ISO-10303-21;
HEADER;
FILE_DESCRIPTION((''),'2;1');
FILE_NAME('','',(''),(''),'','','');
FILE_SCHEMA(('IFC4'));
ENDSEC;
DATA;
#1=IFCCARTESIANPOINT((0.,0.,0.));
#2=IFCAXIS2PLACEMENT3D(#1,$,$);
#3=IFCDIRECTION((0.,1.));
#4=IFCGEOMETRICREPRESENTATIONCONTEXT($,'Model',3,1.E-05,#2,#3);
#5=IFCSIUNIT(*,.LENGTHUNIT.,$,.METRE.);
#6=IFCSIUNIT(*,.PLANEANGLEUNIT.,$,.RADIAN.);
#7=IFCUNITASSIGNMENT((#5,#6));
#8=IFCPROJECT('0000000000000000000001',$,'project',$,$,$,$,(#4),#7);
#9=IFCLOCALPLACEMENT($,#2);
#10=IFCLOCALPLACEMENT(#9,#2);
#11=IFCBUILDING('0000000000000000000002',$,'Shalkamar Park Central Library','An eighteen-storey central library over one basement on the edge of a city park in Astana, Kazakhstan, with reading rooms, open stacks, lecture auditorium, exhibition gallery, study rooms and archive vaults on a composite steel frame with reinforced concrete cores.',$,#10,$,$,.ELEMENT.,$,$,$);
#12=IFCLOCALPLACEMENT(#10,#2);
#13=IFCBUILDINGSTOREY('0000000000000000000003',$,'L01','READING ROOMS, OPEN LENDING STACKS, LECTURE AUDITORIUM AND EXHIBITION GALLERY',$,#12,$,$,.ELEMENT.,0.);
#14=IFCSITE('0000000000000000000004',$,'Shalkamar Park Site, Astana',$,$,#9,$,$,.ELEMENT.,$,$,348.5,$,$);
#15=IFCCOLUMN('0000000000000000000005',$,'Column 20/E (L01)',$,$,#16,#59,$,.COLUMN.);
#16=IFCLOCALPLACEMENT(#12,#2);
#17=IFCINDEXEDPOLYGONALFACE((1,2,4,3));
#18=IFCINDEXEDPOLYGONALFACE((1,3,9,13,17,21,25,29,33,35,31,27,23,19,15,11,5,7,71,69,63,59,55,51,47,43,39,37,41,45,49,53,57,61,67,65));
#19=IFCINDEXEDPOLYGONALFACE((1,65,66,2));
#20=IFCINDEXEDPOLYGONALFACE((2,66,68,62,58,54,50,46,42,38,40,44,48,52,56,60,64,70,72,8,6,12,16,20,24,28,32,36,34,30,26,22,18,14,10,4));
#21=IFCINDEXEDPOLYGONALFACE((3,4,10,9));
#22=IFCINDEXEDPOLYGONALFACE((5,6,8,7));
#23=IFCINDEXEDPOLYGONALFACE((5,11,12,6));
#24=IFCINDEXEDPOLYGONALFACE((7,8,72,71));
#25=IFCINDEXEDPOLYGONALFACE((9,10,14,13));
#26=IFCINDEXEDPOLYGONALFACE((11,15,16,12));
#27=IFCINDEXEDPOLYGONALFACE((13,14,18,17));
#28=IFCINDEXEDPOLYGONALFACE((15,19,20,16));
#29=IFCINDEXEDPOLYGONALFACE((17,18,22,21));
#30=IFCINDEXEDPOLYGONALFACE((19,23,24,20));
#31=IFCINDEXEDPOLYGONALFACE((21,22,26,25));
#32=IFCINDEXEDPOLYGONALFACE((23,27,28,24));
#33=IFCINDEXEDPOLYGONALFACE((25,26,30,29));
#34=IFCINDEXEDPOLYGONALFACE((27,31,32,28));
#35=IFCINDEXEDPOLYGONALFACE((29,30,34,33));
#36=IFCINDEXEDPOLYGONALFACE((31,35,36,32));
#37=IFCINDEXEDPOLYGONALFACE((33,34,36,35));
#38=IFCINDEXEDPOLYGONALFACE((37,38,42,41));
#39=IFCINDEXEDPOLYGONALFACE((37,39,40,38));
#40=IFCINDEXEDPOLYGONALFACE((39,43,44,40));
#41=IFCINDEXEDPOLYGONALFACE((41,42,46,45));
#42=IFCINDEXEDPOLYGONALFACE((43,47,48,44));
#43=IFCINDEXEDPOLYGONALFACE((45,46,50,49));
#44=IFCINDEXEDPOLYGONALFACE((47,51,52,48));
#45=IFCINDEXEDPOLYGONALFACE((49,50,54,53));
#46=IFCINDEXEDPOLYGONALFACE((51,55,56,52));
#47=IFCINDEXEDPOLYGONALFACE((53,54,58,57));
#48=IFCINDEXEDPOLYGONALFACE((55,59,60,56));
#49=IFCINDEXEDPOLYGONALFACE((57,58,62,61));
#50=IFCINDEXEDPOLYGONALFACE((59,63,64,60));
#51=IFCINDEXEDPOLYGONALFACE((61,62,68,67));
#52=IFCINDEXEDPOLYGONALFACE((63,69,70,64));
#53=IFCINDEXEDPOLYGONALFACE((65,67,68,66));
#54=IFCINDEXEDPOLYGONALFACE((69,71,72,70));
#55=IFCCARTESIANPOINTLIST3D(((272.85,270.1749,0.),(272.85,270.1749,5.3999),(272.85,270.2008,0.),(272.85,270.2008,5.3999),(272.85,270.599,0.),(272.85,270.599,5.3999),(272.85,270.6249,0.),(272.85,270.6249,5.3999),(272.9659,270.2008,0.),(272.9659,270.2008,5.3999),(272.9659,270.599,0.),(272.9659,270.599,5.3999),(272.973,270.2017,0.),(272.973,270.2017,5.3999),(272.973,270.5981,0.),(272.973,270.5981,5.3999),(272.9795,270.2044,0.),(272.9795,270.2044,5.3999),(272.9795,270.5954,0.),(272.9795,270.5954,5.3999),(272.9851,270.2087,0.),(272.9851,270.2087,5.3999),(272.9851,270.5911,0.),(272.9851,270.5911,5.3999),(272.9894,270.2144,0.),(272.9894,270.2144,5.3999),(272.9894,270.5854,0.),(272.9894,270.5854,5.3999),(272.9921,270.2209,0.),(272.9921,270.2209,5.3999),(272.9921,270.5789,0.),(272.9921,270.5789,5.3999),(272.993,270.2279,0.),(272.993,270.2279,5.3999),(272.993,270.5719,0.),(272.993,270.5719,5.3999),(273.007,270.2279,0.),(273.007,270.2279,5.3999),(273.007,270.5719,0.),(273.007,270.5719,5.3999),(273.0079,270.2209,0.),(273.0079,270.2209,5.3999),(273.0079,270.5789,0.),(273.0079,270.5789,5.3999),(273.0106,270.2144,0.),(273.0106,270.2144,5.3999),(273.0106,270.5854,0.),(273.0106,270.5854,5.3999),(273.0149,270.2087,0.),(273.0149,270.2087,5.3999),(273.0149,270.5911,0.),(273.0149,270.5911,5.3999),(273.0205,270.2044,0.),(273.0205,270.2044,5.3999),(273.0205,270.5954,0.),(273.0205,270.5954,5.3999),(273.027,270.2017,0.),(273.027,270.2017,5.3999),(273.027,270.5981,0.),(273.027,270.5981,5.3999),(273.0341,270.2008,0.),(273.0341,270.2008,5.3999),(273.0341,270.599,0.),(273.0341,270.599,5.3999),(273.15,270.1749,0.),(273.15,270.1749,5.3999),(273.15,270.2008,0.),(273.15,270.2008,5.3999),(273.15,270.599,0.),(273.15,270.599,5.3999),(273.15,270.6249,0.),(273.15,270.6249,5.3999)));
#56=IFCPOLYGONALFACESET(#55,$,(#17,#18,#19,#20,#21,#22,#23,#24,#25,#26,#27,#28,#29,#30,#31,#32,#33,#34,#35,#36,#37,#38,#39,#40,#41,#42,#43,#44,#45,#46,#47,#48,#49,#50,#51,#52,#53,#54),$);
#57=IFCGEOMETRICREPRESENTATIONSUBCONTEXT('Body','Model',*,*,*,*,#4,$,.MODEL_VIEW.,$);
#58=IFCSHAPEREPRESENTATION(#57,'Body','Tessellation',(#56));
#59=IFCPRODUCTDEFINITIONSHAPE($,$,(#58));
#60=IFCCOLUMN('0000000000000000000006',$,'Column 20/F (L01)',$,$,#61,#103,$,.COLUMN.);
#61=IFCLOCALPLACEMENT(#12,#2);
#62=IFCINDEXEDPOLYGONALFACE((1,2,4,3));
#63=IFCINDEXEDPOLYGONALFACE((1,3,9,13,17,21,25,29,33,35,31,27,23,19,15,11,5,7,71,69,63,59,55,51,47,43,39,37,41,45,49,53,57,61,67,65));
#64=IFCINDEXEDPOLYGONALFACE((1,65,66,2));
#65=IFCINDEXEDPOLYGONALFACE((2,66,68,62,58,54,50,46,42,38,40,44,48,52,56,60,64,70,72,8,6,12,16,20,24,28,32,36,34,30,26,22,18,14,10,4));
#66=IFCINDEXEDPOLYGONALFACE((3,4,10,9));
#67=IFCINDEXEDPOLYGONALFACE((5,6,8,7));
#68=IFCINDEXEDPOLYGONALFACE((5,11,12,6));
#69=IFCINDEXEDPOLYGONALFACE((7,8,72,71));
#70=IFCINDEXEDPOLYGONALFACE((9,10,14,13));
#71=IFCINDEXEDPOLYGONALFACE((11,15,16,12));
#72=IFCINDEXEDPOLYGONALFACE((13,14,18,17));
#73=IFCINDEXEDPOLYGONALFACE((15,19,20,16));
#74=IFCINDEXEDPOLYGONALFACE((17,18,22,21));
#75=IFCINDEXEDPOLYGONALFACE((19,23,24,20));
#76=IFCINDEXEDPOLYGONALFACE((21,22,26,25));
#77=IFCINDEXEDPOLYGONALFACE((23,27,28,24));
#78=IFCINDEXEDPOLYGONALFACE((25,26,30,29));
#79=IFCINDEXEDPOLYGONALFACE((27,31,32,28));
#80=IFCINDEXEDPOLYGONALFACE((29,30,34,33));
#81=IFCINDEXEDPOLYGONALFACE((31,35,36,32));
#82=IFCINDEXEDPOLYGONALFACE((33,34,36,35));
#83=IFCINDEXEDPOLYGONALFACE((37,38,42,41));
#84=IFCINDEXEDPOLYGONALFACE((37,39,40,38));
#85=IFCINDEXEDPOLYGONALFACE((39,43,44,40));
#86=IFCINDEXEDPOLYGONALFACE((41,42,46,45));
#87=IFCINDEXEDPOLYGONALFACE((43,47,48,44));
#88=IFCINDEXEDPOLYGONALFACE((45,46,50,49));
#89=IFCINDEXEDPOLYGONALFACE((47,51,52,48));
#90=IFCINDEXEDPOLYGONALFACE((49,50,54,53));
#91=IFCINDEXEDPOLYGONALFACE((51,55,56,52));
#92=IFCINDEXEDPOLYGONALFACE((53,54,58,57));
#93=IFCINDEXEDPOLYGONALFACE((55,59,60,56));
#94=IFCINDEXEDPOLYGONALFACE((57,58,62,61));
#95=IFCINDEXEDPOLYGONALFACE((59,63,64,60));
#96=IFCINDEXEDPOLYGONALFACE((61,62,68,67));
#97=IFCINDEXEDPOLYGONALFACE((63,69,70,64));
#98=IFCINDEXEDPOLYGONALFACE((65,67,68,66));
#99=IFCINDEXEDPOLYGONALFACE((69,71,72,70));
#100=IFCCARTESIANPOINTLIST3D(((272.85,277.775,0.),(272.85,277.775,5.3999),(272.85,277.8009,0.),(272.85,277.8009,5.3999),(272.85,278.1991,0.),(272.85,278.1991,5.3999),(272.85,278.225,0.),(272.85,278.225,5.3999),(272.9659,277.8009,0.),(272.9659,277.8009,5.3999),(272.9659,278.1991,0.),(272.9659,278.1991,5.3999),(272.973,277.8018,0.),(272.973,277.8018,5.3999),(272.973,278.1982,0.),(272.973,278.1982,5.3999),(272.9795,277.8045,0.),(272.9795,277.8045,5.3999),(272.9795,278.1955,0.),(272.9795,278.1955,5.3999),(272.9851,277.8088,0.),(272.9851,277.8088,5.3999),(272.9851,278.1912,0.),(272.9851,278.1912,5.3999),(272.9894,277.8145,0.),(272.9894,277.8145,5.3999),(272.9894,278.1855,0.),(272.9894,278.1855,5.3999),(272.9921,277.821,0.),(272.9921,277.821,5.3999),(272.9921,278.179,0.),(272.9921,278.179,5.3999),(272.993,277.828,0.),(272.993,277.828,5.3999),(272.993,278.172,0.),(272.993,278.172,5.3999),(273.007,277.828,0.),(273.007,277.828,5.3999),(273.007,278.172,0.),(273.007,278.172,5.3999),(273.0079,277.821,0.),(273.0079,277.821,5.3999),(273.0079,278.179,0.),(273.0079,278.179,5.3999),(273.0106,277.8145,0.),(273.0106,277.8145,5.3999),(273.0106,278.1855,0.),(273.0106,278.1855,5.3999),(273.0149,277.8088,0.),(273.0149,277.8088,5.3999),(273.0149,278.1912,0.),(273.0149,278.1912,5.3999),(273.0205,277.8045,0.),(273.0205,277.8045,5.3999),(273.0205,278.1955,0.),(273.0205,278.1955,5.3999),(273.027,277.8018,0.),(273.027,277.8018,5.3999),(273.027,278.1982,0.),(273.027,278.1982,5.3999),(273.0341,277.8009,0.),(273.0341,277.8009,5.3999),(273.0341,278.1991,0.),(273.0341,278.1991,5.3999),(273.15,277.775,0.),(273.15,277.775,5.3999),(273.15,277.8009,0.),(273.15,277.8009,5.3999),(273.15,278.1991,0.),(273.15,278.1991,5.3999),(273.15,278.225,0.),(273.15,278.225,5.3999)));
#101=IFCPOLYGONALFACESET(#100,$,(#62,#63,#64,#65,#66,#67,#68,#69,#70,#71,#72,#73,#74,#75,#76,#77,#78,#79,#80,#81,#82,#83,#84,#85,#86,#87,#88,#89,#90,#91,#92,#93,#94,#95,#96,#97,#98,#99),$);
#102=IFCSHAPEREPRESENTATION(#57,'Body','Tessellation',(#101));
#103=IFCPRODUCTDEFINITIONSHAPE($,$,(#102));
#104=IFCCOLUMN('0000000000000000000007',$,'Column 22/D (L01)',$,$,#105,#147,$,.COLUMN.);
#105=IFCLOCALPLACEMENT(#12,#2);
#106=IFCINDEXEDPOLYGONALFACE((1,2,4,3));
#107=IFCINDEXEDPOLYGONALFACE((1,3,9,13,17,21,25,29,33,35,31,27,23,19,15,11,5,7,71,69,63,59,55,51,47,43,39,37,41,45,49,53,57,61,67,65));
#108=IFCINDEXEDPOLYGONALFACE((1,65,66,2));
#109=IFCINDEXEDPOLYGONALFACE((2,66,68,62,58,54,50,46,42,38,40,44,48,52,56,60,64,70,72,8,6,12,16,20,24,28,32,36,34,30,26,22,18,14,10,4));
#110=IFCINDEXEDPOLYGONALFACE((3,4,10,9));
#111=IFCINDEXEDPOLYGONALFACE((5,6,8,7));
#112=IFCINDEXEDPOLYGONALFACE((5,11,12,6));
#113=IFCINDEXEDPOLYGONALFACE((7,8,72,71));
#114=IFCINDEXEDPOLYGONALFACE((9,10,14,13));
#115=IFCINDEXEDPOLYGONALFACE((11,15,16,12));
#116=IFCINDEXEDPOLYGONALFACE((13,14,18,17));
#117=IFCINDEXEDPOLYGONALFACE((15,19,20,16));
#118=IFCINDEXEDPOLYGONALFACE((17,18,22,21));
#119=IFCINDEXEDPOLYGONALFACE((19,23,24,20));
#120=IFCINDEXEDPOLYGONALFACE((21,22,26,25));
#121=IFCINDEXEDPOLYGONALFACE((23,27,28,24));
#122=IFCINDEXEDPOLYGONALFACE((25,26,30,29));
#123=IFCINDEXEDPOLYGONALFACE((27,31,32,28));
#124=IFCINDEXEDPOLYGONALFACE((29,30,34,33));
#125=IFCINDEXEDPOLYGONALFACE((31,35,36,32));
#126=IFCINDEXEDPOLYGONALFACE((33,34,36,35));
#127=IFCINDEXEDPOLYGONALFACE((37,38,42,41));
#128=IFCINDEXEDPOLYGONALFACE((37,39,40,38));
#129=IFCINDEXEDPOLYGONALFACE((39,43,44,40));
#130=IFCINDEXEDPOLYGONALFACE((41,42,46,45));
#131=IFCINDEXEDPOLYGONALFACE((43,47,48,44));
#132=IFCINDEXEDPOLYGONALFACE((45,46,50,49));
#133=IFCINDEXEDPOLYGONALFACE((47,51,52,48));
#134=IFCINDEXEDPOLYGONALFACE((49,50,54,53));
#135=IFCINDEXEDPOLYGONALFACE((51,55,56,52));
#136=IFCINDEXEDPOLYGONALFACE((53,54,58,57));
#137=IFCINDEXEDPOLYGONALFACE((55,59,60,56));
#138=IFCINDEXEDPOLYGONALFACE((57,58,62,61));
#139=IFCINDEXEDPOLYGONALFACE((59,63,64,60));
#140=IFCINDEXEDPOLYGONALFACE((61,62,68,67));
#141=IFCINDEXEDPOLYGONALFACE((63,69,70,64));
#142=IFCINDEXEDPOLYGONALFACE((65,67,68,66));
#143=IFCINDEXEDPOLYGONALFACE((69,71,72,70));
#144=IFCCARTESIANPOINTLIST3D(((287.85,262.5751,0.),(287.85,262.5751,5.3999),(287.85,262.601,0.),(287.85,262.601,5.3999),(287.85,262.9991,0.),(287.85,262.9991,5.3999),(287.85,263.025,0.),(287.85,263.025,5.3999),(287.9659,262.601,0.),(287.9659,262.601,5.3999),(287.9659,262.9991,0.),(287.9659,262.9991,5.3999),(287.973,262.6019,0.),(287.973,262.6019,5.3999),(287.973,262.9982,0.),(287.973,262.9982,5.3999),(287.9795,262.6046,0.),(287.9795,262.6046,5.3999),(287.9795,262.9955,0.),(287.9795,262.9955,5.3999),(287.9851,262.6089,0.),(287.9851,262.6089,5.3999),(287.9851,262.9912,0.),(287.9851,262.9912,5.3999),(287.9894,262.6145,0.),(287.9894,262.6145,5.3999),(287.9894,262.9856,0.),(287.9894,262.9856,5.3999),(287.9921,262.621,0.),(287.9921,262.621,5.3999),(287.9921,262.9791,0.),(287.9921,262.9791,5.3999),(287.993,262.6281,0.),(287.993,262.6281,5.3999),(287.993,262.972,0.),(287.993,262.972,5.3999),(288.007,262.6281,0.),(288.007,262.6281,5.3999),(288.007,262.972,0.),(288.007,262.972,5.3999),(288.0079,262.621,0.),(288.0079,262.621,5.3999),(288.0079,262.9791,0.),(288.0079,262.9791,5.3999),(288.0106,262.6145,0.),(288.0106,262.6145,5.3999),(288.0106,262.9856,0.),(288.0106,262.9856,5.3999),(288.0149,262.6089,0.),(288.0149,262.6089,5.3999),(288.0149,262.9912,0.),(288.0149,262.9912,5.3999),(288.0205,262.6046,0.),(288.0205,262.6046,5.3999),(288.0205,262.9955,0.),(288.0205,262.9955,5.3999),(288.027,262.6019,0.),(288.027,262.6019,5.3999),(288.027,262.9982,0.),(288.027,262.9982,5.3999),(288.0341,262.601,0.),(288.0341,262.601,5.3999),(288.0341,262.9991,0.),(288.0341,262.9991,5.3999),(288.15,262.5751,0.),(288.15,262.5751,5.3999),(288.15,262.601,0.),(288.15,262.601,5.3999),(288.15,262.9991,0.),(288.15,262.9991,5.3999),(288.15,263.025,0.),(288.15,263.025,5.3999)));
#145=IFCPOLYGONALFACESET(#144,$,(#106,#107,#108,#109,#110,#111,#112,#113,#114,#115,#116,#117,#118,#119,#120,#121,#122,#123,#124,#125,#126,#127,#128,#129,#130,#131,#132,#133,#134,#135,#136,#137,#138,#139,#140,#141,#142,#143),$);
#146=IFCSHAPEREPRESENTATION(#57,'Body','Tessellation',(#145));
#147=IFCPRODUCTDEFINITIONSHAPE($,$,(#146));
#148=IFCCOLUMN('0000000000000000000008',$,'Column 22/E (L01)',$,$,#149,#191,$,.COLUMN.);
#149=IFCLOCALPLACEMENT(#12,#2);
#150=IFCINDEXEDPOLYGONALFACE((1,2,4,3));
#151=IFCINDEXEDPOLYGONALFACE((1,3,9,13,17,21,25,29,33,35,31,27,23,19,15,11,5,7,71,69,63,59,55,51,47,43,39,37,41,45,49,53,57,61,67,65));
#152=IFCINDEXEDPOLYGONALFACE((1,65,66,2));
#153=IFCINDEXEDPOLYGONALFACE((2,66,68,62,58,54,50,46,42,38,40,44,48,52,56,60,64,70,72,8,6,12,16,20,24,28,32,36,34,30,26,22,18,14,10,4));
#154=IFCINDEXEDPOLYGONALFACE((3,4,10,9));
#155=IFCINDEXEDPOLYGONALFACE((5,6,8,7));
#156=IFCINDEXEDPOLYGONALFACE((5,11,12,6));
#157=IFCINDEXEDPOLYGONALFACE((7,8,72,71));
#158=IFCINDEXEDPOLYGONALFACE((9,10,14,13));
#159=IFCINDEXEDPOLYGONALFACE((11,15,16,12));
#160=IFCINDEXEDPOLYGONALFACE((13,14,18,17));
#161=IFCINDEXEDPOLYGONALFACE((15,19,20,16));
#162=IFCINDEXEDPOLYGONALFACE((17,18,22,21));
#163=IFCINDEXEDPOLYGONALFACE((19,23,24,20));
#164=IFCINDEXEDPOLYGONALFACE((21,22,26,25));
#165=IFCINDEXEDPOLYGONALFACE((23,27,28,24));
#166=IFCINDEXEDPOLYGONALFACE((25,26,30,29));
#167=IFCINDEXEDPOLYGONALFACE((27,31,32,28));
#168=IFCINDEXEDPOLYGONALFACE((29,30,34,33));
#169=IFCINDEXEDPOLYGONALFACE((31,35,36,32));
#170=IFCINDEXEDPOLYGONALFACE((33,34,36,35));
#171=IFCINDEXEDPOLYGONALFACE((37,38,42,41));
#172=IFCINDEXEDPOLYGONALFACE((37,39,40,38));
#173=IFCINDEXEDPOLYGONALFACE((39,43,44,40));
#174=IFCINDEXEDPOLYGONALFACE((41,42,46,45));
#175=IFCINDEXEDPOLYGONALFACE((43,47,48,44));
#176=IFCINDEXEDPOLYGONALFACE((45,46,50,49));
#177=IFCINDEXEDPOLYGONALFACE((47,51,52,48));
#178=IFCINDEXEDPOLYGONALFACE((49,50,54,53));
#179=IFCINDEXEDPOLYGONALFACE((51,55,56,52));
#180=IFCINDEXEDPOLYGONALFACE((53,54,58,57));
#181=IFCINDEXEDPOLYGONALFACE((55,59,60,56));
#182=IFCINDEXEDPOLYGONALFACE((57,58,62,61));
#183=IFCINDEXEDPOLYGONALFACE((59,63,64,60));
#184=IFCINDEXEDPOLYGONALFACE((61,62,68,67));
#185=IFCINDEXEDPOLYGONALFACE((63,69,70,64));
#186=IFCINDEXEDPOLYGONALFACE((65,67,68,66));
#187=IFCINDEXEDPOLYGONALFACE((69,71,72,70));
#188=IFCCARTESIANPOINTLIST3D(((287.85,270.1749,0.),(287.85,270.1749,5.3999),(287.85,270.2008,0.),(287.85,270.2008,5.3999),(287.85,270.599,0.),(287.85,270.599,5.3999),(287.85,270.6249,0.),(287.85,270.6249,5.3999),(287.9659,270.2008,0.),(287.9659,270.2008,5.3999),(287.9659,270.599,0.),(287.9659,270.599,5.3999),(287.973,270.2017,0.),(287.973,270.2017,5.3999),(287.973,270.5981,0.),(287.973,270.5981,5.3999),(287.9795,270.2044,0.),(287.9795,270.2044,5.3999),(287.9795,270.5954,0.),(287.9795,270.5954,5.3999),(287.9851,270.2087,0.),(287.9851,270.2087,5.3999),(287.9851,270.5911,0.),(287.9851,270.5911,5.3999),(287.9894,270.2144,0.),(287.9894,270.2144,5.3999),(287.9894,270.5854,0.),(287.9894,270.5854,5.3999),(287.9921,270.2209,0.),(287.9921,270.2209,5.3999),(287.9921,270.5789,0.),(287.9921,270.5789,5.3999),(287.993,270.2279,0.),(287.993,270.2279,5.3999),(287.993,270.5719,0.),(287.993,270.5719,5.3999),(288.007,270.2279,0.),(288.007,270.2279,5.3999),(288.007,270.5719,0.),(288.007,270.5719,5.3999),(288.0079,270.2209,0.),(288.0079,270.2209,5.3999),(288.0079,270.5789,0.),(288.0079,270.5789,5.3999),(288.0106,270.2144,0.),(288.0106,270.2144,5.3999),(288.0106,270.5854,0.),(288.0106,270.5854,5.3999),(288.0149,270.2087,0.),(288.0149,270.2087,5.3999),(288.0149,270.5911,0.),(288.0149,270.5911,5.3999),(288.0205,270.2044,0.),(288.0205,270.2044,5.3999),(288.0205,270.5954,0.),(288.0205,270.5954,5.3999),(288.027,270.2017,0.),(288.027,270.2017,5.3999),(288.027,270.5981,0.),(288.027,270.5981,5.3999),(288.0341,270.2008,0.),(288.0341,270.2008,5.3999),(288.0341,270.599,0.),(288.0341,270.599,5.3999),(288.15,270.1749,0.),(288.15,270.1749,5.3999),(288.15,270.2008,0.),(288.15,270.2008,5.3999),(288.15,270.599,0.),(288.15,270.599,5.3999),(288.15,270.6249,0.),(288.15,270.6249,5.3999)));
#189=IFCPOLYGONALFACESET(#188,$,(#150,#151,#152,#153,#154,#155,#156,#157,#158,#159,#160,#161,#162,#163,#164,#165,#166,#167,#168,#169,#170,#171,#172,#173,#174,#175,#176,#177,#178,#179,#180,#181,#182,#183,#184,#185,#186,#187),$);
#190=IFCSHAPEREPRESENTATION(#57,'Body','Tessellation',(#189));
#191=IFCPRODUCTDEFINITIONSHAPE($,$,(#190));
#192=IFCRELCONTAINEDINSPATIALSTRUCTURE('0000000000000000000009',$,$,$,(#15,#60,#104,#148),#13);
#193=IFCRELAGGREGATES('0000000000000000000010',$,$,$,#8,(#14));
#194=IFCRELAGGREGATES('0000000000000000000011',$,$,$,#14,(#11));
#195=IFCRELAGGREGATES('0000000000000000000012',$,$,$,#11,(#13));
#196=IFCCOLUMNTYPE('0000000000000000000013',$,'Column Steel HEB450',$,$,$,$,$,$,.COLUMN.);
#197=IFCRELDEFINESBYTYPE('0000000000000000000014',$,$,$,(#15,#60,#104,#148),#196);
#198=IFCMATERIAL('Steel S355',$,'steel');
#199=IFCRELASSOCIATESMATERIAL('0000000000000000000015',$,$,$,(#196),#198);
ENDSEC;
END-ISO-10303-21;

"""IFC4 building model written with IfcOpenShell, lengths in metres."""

from ifc_helpers import new_model, si_unit, direction, frame, origin, origin_2d, place, context, subcontext, project, spatial, i_section, extrude, material, material_profile, profile_set, type_object, element, save


model = new_model("IFC4")

# Units and contexts
model_context = context("Model", 3, precision=1e-05, world=origin(), true_north=direction((0.0, 1.0)))
body_context = subcontext(model_context, "Body", "Model", "MODEL_VIEW")
ifc_project = project(units=[si_unit("LENGTHUNIT", "METRE"), si_unit("PLANEANGLEUNIT", "RADIAN")], contexts=[model_context])

# Site, building, storey
site_placement = place(None, origin())
site = spatial("IfcSite", under=ifc_project, at=site_placement, Name="Shalkamar Park Site, Astana", CompositionType="ELEMENT", RefElevation=348.5)
building_placement = place(site_placement, origin())
building = spatial("IfcBuilding", under=site, at=building_placement, Name="Shalkamar Park Central Library", Description="An eighteen-storey central library over one basement on the edge of a city park in Astana, Kazakhstan, with reading rooms, open stacks, lecture auditorium, exhibition gallery, study rooms and archive vaults on a composite steel frame with reinforced concrete cores.", CompositionType="ELEMENT")
storey_placement = place(building_placement, origin())
storey = spatial("IfcBuildingStorey", under=building, at=storey_placement, Name="L01", Description="READING ROOMS, OPEN LENDING STACKS, LECTURE AUDITORIUM AND EXHIBITION GALLERY", CompositionType="ELEMENT", Elevation=0.0)

# Columns
ifc_material_1 = material(Name="Steel S355", Category="steel")
ifc_material_profile_1 = material_profile(ifc_material_1, i_section(OverallWidth=0.3, OverallDepth=0.45, WebThickness=0.0139, FlangeThickness=0.0259, FilletRadius=0.0271, at=origin_2d()), Name="HEB 450")
ifc_profile_set_1 = profile_set([ifc_material_profile_1], Name="Steel S355")
column_type_1 = type_object("IfcColumnType", Name="Column Steel HEB450", PredefinedType="COLUMN", material=ifc_profile_set_1)
for number, where, z_axis, x_axis, name in (
    (1, (273.0, 270.3999, 0.0), (0.0, 0.0, 1.0), (1.0, 0.0, 0.0), "Column 20/E (L01)"),
    (2, (273.0, 278.0, 0.0), (0.0, 0.0, 1.0), (1.0, 0.0, 0.0), "Column 20/F (L01)"),
    (3, (288.0, 262.8, 0.0), (0.0, 0.0, 1.0), (1.0, 0.0, 0.0), "Column 22/D (L01)"),
    (4, (288.0, 270.3999, 0.0), (0.0, 0.0, 1.0), (1.0, 0.0, 0.0), "Column 22/E (L01)"),
):
    element("IfcColumn", number, at=place(storey_placement, frame(where, z_axis=z_axis, x_axis=x_axis)), inside=storey, type_object=column_type_1, Name=name, PredefinedType="COLUMN", context=body_context, shape_type="SweptSolid", body=[
        extrude(i_section(OverallWidth=0.3, OverallDepth=0.45, WebThickness=0.0139, FlangeThickness=0.0259, FilletRadius=0.0271, at=origin_2d()), origin(), (0.0, 0.0, 1.0), 5.3999),
    ])

save(model, "model.ifc")
